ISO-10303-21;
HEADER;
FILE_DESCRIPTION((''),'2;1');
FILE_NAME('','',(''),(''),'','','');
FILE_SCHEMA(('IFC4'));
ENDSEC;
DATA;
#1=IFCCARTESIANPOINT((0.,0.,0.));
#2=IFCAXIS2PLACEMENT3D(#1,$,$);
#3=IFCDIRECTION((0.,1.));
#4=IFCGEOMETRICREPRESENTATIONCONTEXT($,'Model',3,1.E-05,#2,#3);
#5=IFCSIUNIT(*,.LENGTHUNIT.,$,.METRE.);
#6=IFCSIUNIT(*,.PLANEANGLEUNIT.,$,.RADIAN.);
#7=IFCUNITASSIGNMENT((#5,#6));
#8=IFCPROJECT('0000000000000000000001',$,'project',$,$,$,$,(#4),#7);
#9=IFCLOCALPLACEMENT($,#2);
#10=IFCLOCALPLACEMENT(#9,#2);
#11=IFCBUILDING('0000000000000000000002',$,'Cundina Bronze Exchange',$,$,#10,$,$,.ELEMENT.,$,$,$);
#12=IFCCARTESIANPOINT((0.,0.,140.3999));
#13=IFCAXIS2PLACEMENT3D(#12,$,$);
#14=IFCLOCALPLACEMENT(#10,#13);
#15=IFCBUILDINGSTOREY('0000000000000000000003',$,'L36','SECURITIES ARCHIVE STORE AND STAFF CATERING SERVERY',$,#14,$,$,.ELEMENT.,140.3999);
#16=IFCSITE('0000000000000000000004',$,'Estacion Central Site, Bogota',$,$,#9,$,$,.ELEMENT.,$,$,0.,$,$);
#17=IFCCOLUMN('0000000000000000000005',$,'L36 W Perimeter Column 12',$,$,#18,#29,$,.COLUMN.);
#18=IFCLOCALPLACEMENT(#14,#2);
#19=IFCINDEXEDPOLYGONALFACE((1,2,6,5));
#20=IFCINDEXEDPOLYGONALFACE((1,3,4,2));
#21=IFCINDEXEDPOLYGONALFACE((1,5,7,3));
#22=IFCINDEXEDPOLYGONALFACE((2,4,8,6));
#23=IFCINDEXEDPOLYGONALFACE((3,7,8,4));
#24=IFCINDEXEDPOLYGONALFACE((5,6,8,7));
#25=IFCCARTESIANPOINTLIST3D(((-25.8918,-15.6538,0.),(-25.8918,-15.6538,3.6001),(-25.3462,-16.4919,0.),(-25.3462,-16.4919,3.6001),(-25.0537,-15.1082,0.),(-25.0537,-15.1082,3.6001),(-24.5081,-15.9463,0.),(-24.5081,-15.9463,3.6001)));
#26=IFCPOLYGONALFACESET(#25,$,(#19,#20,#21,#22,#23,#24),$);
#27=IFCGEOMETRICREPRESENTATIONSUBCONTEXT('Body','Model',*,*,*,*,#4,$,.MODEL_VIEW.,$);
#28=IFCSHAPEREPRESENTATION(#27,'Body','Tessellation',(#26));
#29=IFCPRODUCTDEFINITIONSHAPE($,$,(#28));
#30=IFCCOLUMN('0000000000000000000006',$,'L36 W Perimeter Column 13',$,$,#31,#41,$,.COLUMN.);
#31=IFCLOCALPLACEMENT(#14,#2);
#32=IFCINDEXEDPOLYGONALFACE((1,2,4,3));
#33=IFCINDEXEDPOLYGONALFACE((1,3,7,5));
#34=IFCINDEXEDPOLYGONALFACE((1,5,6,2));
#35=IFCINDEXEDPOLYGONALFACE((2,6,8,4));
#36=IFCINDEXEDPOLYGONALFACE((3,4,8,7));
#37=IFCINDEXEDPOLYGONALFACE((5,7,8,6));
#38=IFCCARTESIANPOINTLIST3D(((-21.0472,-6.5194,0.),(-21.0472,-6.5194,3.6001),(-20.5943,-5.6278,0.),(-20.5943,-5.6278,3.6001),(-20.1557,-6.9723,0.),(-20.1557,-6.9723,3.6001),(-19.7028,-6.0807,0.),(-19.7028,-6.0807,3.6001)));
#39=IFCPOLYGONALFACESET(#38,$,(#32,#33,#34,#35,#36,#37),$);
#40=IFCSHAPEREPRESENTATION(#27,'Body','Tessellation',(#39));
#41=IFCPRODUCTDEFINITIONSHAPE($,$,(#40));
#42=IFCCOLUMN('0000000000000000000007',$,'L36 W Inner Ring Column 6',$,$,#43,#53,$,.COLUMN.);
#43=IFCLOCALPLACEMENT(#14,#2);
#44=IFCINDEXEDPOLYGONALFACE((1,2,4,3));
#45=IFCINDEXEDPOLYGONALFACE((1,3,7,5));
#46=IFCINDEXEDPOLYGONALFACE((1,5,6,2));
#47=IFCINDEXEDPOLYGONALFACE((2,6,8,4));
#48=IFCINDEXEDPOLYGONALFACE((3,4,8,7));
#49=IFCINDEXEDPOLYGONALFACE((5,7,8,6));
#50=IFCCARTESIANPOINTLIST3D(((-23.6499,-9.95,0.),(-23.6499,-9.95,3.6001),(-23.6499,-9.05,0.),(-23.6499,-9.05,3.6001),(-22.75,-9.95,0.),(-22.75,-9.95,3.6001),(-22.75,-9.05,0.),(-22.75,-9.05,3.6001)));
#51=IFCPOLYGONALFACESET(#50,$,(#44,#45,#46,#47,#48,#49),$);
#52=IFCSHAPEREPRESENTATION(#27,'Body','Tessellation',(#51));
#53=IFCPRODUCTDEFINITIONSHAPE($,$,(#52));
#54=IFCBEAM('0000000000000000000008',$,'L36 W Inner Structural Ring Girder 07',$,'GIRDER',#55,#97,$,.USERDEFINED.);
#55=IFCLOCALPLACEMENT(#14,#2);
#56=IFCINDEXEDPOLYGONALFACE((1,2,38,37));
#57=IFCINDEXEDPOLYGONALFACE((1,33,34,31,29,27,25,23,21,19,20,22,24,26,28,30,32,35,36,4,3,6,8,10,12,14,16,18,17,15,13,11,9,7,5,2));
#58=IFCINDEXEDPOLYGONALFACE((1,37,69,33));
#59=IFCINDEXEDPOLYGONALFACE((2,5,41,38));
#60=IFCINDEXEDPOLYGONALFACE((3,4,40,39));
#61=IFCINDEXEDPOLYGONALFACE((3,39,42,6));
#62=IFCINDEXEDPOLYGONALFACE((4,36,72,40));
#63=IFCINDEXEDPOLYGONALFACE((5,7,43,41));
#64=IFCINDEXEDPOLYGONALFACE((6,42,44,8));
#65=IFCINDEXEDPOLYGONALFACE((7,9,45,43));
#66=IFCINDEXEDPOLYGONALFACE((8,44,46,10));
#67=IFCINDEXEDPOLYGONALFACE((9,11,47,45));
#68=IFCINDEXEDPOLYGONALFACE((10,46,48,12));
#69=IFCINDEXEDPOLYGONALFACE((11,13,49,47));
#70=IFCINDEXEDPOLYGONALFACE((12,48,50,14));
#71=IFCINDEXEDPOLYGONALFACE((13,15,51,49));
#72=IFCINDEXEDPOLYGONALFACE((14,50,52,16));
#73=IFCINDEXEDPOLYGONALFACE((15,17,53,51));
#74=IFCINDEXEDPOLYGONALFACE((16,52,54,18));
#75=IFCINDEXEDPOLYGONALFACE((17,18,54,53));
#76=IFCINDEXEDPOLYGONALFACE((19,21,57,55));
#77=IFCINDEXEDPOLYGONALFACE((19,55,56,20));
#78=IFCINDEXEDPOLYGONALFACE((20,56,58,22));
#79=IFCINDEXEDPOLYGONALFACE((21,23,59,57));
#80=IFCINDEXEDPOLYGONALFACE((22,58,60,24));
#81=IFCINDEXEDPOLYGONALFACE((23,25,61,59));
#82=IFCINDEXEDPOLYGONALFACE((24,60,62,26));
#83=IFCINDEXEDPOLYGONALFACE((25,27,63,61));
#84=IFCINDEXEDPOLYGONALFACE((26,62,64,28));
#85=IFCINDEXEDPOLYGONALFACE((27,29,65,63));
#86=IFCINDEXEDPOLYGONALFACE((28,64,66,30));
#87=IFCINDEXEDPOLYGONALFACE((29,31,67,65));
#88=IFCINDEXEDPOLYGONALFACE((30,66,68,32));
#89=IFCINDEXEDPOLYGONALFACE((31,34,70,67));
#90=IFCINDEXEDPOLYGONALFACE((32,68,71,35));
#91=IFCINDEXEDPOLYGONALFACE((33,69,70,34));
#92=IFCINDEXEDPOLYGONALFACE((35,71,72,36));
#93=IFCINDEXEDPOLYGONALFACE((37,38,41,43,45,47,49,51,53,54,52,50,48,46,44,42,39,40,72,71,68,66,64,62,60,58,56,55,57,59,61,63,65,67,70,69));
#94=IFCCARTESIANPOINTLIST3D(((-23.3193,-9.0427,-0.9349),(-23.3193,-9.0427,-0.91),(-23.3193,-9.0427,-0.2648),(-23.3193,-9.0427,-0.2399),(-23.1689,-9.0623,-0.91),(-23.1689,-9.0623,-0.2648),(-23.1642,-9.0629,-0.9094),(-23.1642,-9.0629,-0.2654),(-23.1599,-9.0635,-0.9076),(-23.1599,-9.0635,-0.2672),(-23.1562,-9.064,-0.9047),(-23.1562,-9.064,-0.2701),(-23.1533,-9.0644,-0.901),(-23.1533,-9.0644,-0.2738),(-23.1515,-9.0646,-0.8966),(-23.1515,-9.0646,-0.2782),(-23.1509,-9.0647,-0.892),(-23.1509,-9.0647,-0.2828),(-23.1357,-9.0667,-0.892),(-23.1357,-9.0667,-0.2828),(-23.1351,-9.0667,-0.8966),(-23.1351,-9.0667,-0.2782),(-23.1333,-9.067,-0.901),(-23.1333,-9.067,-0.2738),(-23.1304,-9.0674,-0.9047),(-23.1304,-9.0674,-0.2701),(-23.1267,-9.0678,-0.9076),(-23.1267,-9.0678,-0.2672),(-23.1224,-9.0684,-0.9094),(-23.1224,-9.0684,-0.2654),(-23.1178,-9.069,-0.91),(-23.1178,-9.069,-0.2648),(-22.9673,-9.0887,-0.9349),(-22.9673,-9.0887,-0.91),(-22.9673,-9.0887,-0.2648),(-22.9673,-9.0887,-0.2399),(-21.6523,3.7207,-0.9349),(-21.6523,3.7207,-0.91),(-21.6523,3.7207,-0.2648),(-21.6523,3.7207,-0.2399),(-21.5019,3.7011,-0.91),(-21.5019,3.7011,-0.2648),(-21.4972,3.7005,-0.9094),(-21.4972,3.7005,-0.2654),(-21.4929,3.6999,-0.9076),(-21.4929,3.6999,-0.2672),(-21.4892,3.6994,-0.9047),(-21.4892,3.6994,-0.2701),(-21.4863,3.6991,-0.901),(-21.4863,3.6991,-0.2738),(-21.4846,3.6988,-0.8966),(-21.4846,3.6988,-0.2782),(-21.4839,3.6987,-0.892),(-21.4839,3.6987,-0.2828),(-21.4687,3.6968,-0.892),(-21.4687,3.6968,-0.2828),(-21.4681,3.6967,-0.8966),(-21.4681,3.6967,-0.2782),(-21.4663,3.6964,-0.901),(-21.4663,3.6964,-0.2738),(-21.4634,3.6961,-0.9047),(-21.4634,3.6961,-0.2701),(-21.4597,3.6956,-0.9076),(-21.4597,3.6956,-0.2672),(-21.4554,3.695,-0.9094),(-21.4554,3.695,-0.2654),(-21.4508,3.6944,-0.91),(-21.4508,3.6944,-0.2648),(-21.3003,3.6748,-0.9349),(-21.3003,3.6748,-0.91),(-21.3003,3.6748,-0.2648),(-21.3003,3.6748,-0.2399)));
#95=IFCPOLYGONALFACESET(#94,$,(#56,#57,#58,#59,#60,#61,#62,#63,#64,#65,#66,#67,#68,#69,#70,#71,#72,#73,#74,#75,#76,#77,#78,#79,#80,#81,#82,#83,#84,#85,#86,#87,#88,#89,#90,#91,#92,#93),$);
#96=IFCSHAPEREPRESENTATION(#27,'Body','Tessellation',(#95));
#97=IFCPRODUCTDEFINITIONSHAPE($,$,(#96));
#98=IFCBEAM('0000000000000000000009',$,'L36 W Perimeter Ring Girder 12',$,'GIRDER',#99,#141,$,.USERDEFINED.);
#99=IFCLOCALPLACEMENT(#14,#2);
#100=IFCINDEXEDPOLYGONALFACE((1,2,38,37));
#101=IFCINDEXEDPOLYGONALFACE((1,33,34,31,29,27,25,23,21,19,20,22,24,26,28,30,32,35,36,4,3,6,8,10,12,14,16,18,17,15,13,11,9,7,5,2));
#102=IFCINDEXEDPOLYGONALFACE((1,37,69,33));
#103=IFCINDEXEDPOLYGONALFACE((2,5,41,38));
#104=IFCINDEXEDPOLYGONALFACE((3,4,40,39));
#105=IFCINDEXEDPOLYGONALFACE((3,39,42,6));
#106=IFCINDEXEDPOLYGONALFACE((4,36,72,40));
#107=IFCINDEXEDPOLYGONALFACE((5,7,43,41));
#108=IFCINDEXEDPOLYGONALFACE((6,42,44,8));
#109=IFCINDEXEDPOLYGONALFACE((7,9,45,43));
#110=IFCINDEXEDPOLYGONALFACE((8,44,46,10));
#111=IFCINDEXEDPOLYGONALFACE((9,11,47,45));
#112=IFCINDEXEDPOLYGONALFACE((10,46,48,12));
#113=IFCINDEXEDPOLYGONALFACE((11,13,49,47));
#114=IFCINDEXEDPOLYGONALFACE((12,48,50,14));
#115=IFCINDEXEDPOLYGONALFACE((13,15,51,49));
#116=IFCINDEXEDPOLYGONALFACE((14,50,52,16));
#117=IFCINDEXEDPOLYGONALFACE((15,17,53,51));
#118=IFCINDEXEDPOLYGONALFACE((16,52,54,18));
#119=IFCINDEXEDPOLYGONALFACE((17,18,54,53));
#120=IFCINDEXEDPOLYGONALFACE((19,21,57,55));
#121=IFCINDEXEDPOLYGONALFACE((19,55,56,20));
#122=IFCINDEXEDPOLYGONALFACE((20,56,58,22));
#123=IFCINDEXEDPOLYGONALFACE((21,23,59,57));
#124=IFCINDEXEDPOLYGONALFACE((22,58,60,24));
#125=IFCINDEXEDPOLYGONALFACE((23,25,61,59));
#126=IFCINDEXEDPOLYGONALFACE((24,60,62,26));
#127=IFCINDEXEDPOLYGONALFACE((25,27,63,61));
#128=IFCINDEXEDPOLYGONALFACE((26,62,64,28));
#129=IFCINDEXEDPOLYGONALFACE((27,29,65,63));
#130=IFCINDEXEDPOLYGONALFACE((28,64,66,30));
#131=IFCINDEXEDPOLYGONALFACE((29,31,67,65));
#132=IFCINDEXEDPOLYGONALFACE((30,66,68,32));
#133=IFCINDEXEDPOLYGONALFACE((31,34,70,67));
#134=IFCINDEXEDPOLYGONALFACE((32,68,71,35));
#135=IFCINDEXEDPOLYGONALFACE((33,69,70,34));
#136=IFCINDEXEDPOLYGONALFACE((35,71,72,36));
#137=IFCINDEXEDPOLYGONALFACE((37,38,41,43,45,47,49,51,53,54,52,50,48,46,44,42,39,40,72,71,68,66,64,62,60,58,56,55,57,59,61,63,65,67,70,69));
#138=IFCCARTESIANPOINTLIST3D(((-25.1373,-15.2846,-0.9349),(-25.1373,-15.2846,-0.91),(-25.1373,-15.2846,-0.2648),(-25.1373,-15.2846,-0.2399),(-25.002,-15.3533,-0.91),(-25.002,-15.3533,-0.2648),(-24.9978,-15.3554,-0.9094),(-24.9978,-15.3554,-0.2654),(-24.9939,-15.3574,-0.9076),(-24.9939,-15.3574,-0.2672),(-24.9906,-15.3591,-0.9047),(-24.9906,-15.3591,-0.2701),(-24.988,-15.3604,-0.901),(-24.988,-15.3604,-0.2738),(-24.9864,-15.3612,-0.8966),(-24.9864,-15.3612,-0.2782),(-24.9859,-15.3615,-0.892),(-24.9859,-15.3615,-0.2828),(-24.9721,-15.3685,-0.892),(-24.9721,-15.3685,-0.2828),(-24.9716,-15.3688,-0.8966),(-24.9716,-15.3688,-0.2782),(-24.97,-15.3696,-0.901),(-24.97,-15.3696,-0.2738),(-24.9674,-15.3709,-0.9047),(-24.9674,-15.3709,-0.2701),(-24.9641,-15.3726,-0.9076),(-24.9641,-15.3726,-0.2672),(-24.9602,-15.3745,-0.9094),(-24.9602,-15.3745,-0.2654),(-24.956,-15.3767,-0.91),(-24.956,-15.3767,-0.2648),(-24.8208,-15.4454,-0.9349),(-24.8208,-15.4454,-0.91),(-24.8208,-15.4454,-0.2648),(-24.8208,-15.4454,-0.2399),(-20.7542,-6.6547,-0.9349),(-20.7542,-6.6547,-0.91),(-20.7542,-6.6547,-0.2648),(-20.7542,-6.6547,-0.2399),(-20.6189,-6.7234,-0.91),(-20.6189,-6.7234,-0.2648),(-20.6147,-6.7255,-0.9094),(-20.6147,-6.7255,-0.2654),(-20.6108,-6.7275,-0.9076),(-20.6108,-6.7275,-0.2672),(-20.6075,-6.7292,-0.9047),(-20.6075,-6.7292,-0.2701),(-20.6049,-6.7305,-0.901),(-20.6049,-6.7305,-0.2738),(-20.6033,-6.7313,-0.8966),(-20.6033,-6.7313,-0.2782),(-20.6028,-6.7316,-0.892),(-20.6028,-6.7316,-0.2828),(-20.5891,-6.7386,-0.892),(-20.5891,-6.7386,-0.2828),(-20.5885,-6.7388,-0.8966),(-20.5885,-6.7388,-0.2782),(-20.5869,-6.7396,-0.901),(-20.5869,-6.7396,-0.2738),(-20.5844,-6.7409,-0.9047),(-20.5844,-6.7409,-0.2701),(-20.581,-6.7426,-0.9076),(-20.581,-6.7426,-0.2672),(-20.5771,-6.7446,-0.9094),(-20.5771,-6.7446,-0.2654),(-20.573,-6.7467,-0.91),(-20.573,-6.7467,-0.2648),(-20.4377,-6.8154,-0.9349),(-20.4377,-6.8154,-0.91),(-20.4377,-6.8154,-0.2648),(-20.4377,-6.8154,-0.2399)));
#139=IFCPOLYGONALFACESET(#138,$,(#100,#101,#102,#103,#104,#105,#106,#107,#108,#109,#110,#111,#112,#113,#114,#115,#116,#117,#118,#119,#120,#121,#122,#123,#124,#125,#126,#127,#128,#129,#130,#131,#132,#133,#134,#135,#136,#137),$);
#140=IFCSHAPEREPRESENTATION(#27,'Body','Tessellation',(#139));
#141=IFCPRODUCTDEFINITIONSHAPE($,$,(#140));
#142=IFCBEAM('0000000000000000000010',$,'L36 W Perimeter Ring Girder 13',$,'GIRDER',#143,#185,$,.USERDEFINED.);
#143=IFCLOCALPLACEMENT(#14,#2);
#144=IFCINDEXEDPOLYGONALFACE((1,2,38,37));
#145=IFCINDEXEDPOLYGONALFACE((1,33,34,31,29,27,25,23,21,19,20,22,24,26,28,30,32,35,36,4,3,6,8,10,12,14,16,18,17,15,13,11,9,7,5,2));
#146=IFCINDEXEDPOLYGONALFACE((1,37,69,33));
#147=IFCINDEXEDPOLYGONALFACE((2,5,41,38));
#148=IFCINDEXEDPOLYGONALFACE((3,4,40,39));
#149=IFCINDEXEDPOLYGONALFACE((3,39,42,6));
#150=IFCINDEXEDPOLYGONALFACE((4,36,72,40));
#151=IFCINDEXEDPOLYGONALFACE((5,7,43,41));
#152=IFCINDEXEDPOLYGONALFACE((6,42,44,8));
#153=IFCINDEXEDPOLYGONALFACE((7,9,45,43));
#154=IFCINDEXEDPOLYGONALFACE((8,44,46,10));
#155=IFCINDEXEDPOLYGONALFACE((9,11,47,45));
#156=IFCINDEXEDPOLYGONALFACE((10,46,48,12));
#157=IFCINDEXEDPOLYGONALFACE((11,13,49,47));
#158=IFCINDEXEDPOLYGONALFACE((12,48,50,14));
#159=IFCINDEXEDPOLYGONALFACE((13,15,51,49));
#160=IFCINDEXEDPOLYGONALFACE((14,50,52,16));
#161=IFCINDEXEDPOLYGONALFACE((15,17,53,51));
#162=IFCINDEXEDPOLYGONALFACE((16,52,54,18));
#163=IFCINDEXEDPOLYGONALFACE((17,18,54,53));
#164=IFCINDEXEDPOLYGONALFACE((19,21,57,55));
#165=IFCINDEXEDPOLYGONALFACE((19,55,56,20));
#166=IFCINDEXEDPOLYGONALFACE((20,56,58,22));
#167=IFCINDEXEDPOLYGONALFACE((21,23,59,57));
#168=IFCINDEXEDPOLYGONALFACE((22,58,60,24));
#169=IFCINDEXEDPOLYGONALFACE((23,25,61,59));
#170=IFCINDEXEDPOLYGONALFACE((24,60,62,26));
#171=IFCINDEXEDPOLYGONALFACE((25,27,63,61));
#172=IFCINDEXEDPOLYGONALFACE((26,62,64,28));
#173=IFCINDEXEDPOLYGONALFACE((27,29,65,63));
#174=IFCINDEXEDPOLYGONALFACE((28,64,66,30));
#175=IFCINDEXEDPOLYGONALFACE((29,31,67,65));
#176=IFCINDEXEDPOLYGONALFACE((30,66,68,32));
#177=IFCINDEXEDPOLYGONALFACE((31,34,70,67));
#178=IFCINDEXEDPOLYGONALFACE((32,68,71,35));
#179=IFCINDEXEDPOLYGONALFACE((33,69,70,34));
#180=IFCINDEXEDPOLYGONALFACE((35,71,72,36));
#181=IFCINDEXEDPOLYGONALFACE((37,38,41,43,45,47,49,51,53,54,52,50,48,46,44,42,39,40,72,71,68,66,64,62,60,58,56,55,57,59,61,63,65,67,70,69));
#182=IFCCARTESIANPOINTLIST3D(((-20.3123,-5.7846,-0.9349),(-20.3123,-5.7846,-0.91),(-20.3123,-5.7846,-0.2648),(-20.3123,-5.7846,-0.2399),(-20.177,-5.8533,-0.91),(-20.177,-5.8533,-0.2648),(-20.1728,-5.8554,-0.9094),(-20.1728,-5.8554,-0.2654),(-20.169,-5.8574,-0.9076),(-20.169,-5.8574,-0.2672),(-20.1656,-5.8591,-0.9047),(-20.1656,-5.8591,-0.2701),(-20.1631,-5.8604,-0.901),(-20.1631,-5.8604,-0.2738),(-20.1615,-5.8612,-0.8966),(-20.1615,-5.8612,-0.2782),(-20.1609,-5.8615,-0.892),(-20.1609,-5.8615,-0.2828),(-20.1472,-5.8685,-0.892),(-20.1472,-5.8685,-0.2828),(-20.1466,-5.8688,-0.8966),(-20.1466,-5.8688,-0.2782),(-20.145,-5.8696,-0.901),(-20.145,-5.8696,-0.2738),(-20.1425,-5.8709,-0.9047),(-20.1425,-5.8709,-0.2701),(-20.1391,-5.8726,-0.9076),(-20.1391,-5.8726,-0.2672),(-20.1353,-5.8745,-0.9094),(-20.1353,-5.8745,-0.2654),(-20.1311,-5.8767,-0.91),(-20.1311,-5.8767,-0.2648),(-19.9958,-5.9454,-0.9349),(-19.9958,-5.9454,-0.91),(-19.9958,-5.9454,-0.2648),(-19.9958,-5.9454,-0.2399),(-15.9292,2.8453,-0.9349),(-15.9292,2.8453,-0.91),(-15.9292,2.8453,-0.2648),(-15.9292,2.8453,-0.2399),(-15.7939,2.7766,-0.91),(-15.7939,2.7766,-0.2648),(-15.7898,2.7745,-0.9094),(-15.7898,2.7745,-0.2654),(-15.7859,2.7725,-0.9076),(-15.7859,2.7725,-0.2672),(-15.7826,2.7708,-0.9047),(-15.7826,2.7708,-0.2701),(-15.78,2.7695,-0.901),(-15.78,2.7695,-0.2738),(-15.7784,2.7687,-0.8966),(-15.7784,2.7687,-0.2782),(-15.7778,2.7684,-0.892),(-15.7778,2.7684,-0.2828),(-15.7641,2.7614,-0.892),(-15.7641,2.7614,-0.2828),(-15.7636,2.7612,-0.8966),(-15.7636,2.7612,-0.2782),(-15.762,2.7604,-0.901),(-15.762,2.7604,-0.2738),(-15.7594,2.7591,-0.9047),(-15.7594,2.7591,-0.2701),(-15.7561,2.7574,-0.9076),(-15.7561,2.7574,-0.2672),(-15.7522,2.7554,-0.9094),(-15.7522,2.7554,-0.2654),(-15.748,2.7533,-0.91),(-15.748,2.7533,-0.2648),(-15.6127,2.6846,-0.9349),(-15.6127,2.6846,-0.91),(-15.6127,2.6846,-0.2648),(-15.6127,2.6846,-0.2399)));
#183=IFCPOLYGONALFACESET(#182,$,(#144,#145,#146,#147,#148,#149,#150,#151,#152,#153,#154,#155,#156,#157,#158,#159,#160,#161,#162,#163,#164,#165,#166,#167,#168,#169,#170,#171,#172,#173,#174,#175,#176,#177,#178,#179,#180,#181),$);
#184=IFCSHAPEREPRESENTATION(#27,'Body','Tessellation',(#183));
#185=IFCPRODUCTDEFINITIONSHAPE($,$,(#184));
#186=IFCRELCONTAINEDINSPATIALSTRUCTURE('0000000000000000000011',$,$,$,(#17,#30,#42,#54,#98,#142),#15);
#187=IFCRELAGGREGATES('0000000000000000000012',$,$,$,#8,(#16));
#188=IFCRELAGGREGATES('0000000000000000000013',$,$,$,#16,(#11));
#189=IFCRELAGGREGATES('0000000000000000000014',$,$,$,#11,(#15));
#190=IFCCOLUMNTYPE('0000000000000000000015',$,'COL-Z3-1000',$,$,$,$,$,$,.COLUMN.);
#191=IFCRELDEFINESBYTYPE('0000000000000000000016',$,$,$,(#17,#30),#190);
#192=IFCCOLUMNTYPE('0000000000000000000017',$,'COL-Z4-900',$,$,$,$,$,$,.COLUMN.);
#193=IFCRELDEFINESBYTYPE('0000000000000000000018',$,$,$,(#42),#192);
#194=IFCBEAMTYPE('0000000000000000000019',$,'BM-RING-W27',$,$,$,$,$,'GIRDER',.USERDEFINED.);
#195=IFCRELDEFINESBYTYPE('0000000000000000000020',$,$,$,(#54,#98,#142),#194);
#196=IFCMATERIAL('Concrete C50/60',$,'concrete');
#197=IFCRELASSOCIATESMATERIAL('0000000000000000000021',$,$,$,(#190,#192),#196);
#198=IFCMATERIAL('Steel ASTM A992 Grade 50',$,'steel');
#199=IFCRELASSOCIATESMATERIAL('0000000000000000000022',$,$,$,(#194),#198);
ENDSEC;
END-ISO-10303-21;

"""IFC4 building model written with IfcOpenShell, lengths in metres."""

from ifc_helpers import new_model, si_unit, direction, frame, origin, origin_2d, place, context, subcontext, project, spatial, rectangle, i_section, extrude, material, material_profile, profile_set, type_object, element, save


model = new_model("IFC4")

# Units and contexts
model_context = context("Model", 3, precision=1e-05, world=origin(), true_north=direction((0.0, 1.0)))
body_context = subcontext(model_context, "Body", "Model", "MODEL_VIEW")
ifc_project = project(units=[si_unit("LENGTHUNIT", "METRE"), si_unit("PLANEANGLEUNIT", "RADIAN")], contexts=[model_context])

# Site, building, storey
site_placement = place(None, origin())
site = spatial("IfcSite", under=ifc_project, at=site_placement, Name="Estacion Central Site, Bogota", CompositionType="ELEMENT", RefElevation=0.0)
building_placement = place(site_placement, origin())
building = spatial("IfcBuilding", under=site, at=building_placement, Name="Cundina Bronze Exchange", CompositionType="ELEMENT")
storey_placement = place(building_placement, frame((0.0, 0.0, 140.3999)))
storey = spatial("IfcBuildingStorey", under=building, at=storey_placement, Name="L36", Description="SECURITIES ARCHIVE STORE AND STAFF CATERING SERVERY", CompositionType="ELEMENT", Elevation=140.3999)

# Columns
ifc_material_1 = material(Name="Concrete C50/60", Category="concrete")
ifc_material_profile_1 = material_profile(ifc_material_1, rectangle(XDim=1.0, YDim=1.0, at=origin_2d()), Name="RC1000X1000", Category="concrete")
ifc_profile_set_1 = profile_set([ifc_material_profile_1], Name="Concrete C50/60")
column_type_1 = type_object("IfcColumnType", Name="COL-Z3-1000", PredefinedType="COLUMN", material=ifc_profile_set_1)
for number, where, z_axis, x_axis, name in (
    (1, (-25.2, -15.8, 0.0), (0.0, 0.0, 1.0), (0.8381, 0.545517, 0.0), "L36 W Perimeter Column 12"),
    (2, (-20.375, -6.3, 0.0), (0.0, 0.0, 1.0), (0.452902, 0.891561, 0.0), "L36 W Perimeter Column 13"),
):
    element("IfcColumn", number, at=place(storey_placement, frame(where, z_axis=z_axis, x_axis=x_axis)), inside=storey, type_object=column_type_1, Name=name, PredefinedType="COLUMN", context=body_context, shape_type="SweptSolid", body=[
        extrude(rectangle(XDim=1.0, YDim=1.0, at=origin_2d()), origin(), (0.0, 0.0, 1.0), 3.6001),
    ])
ifc_material_profile_2 = material_profile(ifc_material_1, rectangle(XDim=0.8999, YDim=0.8999, at=origin_2d()), Name="RC900X900", Category="concrete")
ifc_profile_set_2 = profile_set([ifc_material_profile_2], Name="Concrete C50/60")
column_type_2 = type_object("IfcColumnType", Name="COL-Z4-900", PredefinedType="COLUMN", material=ifc_profile_set_2)
column_placement = place(storey_placement, frame((-23.2, -9.5, 0.0), z_axis=(0.0, 0.0, 1.0), x_axis=(1.0, 0.0, 0.0)))
element("IfcColumn", 3, at=column_placement, inside=storey, type_object=column_type_2, Name="L36 W Inner Ring Column 6", PredefinedType="COLUMN", context=body_context, shape_type="SweptSolid", body=[
    extrude(rectangle(XDim=0.8999, YDim=0.8999, at=origin_2d()), origin(), (0.0, 0.0, 1.0), 3.6001),
])

# Beams
ifc_material_2 = material(Name="Steel ASTM A992 Grade 50", Category="steel")
ifc_material_profile_3 = material_profile(ifc_material_2, i_section(OverallWidth=0.355, OverallDepth=0.6951, WebThickness=0.0154, FlangeThickness=0.0249, FilletRadius=0.0181, at=origin_2d()), Name="W27X146", Category="steel")
ifc_profile_set_3 = profile_set([ifc_material_profile_3], Name="Steel ASTM A992 Grade 50")
beam_type = type_object("IfcBeamType", Name="BM-RING-W27", ElementType="GIRDER", PredefinedType="USERDEFINED", material=ifc_profile_set_3)
beam_placement = place(storey_placement, frame((-23.1433, -9.0657, -0.5874), z_axis=(0.129507, 0.991579, 0.0), x_axis=(-0.991579, 0.129507, 0.0)))
element("IfcBeam", 4, at=beam_placement, inside=storey, type_object=beam_type, Name="L36 W Inner Structural Ring Girder 07", ObjectType="GIRDER", PredefinedType="USERDEFINED", context=body_context, shape_type="SweptSolid", body=[
    extrude(i_section(OverallWidth=0.355, OverallDepth=0.6951, WebThickness=0.0154, FlangeThickness=0.0249, FilletRadius=0.0181, at=origin_2d()), origin(), (0.0, 0.0, 1.0), 12.8718),
])
for number, where, z_axis, x_axis, name in (
    (5, (-24.979, -15.365, -0.5874), (0.452835, 0.891595, 0.0), (-0.891595, 0.452835, 0.0), "L36 W Perimeter Ring Girder 12"),
    (6, (-20.1541, -5.865, -0.5874), (0.452835, 0.891595, 0.0), (-0.891595, 0.452835, 0.0), "L36 W Perimeter Ring Girder 13"),
):
    element("IfcBeam", number, at=place(storey_placement, frame(where, z_axis=z_axis, x_axis=x_axis)), inside=storey, type_object=beam_type, Name=name, ObjectType="GIRDER", PredefinedType="USERDEFINED", context=body_context, shape_type="SweptSolid", body=[
        extrude(i_section(OverallWidth=0.355, OverallDepth=0.6951, WebThickness=0.0154, FlangeThickness=0.0249, FilletRadius=0.0181, at=origin_2d()), origin(), (0.0, 0.0, 1.0), 9.6792),
    ])

save(model, "model.ifc")
